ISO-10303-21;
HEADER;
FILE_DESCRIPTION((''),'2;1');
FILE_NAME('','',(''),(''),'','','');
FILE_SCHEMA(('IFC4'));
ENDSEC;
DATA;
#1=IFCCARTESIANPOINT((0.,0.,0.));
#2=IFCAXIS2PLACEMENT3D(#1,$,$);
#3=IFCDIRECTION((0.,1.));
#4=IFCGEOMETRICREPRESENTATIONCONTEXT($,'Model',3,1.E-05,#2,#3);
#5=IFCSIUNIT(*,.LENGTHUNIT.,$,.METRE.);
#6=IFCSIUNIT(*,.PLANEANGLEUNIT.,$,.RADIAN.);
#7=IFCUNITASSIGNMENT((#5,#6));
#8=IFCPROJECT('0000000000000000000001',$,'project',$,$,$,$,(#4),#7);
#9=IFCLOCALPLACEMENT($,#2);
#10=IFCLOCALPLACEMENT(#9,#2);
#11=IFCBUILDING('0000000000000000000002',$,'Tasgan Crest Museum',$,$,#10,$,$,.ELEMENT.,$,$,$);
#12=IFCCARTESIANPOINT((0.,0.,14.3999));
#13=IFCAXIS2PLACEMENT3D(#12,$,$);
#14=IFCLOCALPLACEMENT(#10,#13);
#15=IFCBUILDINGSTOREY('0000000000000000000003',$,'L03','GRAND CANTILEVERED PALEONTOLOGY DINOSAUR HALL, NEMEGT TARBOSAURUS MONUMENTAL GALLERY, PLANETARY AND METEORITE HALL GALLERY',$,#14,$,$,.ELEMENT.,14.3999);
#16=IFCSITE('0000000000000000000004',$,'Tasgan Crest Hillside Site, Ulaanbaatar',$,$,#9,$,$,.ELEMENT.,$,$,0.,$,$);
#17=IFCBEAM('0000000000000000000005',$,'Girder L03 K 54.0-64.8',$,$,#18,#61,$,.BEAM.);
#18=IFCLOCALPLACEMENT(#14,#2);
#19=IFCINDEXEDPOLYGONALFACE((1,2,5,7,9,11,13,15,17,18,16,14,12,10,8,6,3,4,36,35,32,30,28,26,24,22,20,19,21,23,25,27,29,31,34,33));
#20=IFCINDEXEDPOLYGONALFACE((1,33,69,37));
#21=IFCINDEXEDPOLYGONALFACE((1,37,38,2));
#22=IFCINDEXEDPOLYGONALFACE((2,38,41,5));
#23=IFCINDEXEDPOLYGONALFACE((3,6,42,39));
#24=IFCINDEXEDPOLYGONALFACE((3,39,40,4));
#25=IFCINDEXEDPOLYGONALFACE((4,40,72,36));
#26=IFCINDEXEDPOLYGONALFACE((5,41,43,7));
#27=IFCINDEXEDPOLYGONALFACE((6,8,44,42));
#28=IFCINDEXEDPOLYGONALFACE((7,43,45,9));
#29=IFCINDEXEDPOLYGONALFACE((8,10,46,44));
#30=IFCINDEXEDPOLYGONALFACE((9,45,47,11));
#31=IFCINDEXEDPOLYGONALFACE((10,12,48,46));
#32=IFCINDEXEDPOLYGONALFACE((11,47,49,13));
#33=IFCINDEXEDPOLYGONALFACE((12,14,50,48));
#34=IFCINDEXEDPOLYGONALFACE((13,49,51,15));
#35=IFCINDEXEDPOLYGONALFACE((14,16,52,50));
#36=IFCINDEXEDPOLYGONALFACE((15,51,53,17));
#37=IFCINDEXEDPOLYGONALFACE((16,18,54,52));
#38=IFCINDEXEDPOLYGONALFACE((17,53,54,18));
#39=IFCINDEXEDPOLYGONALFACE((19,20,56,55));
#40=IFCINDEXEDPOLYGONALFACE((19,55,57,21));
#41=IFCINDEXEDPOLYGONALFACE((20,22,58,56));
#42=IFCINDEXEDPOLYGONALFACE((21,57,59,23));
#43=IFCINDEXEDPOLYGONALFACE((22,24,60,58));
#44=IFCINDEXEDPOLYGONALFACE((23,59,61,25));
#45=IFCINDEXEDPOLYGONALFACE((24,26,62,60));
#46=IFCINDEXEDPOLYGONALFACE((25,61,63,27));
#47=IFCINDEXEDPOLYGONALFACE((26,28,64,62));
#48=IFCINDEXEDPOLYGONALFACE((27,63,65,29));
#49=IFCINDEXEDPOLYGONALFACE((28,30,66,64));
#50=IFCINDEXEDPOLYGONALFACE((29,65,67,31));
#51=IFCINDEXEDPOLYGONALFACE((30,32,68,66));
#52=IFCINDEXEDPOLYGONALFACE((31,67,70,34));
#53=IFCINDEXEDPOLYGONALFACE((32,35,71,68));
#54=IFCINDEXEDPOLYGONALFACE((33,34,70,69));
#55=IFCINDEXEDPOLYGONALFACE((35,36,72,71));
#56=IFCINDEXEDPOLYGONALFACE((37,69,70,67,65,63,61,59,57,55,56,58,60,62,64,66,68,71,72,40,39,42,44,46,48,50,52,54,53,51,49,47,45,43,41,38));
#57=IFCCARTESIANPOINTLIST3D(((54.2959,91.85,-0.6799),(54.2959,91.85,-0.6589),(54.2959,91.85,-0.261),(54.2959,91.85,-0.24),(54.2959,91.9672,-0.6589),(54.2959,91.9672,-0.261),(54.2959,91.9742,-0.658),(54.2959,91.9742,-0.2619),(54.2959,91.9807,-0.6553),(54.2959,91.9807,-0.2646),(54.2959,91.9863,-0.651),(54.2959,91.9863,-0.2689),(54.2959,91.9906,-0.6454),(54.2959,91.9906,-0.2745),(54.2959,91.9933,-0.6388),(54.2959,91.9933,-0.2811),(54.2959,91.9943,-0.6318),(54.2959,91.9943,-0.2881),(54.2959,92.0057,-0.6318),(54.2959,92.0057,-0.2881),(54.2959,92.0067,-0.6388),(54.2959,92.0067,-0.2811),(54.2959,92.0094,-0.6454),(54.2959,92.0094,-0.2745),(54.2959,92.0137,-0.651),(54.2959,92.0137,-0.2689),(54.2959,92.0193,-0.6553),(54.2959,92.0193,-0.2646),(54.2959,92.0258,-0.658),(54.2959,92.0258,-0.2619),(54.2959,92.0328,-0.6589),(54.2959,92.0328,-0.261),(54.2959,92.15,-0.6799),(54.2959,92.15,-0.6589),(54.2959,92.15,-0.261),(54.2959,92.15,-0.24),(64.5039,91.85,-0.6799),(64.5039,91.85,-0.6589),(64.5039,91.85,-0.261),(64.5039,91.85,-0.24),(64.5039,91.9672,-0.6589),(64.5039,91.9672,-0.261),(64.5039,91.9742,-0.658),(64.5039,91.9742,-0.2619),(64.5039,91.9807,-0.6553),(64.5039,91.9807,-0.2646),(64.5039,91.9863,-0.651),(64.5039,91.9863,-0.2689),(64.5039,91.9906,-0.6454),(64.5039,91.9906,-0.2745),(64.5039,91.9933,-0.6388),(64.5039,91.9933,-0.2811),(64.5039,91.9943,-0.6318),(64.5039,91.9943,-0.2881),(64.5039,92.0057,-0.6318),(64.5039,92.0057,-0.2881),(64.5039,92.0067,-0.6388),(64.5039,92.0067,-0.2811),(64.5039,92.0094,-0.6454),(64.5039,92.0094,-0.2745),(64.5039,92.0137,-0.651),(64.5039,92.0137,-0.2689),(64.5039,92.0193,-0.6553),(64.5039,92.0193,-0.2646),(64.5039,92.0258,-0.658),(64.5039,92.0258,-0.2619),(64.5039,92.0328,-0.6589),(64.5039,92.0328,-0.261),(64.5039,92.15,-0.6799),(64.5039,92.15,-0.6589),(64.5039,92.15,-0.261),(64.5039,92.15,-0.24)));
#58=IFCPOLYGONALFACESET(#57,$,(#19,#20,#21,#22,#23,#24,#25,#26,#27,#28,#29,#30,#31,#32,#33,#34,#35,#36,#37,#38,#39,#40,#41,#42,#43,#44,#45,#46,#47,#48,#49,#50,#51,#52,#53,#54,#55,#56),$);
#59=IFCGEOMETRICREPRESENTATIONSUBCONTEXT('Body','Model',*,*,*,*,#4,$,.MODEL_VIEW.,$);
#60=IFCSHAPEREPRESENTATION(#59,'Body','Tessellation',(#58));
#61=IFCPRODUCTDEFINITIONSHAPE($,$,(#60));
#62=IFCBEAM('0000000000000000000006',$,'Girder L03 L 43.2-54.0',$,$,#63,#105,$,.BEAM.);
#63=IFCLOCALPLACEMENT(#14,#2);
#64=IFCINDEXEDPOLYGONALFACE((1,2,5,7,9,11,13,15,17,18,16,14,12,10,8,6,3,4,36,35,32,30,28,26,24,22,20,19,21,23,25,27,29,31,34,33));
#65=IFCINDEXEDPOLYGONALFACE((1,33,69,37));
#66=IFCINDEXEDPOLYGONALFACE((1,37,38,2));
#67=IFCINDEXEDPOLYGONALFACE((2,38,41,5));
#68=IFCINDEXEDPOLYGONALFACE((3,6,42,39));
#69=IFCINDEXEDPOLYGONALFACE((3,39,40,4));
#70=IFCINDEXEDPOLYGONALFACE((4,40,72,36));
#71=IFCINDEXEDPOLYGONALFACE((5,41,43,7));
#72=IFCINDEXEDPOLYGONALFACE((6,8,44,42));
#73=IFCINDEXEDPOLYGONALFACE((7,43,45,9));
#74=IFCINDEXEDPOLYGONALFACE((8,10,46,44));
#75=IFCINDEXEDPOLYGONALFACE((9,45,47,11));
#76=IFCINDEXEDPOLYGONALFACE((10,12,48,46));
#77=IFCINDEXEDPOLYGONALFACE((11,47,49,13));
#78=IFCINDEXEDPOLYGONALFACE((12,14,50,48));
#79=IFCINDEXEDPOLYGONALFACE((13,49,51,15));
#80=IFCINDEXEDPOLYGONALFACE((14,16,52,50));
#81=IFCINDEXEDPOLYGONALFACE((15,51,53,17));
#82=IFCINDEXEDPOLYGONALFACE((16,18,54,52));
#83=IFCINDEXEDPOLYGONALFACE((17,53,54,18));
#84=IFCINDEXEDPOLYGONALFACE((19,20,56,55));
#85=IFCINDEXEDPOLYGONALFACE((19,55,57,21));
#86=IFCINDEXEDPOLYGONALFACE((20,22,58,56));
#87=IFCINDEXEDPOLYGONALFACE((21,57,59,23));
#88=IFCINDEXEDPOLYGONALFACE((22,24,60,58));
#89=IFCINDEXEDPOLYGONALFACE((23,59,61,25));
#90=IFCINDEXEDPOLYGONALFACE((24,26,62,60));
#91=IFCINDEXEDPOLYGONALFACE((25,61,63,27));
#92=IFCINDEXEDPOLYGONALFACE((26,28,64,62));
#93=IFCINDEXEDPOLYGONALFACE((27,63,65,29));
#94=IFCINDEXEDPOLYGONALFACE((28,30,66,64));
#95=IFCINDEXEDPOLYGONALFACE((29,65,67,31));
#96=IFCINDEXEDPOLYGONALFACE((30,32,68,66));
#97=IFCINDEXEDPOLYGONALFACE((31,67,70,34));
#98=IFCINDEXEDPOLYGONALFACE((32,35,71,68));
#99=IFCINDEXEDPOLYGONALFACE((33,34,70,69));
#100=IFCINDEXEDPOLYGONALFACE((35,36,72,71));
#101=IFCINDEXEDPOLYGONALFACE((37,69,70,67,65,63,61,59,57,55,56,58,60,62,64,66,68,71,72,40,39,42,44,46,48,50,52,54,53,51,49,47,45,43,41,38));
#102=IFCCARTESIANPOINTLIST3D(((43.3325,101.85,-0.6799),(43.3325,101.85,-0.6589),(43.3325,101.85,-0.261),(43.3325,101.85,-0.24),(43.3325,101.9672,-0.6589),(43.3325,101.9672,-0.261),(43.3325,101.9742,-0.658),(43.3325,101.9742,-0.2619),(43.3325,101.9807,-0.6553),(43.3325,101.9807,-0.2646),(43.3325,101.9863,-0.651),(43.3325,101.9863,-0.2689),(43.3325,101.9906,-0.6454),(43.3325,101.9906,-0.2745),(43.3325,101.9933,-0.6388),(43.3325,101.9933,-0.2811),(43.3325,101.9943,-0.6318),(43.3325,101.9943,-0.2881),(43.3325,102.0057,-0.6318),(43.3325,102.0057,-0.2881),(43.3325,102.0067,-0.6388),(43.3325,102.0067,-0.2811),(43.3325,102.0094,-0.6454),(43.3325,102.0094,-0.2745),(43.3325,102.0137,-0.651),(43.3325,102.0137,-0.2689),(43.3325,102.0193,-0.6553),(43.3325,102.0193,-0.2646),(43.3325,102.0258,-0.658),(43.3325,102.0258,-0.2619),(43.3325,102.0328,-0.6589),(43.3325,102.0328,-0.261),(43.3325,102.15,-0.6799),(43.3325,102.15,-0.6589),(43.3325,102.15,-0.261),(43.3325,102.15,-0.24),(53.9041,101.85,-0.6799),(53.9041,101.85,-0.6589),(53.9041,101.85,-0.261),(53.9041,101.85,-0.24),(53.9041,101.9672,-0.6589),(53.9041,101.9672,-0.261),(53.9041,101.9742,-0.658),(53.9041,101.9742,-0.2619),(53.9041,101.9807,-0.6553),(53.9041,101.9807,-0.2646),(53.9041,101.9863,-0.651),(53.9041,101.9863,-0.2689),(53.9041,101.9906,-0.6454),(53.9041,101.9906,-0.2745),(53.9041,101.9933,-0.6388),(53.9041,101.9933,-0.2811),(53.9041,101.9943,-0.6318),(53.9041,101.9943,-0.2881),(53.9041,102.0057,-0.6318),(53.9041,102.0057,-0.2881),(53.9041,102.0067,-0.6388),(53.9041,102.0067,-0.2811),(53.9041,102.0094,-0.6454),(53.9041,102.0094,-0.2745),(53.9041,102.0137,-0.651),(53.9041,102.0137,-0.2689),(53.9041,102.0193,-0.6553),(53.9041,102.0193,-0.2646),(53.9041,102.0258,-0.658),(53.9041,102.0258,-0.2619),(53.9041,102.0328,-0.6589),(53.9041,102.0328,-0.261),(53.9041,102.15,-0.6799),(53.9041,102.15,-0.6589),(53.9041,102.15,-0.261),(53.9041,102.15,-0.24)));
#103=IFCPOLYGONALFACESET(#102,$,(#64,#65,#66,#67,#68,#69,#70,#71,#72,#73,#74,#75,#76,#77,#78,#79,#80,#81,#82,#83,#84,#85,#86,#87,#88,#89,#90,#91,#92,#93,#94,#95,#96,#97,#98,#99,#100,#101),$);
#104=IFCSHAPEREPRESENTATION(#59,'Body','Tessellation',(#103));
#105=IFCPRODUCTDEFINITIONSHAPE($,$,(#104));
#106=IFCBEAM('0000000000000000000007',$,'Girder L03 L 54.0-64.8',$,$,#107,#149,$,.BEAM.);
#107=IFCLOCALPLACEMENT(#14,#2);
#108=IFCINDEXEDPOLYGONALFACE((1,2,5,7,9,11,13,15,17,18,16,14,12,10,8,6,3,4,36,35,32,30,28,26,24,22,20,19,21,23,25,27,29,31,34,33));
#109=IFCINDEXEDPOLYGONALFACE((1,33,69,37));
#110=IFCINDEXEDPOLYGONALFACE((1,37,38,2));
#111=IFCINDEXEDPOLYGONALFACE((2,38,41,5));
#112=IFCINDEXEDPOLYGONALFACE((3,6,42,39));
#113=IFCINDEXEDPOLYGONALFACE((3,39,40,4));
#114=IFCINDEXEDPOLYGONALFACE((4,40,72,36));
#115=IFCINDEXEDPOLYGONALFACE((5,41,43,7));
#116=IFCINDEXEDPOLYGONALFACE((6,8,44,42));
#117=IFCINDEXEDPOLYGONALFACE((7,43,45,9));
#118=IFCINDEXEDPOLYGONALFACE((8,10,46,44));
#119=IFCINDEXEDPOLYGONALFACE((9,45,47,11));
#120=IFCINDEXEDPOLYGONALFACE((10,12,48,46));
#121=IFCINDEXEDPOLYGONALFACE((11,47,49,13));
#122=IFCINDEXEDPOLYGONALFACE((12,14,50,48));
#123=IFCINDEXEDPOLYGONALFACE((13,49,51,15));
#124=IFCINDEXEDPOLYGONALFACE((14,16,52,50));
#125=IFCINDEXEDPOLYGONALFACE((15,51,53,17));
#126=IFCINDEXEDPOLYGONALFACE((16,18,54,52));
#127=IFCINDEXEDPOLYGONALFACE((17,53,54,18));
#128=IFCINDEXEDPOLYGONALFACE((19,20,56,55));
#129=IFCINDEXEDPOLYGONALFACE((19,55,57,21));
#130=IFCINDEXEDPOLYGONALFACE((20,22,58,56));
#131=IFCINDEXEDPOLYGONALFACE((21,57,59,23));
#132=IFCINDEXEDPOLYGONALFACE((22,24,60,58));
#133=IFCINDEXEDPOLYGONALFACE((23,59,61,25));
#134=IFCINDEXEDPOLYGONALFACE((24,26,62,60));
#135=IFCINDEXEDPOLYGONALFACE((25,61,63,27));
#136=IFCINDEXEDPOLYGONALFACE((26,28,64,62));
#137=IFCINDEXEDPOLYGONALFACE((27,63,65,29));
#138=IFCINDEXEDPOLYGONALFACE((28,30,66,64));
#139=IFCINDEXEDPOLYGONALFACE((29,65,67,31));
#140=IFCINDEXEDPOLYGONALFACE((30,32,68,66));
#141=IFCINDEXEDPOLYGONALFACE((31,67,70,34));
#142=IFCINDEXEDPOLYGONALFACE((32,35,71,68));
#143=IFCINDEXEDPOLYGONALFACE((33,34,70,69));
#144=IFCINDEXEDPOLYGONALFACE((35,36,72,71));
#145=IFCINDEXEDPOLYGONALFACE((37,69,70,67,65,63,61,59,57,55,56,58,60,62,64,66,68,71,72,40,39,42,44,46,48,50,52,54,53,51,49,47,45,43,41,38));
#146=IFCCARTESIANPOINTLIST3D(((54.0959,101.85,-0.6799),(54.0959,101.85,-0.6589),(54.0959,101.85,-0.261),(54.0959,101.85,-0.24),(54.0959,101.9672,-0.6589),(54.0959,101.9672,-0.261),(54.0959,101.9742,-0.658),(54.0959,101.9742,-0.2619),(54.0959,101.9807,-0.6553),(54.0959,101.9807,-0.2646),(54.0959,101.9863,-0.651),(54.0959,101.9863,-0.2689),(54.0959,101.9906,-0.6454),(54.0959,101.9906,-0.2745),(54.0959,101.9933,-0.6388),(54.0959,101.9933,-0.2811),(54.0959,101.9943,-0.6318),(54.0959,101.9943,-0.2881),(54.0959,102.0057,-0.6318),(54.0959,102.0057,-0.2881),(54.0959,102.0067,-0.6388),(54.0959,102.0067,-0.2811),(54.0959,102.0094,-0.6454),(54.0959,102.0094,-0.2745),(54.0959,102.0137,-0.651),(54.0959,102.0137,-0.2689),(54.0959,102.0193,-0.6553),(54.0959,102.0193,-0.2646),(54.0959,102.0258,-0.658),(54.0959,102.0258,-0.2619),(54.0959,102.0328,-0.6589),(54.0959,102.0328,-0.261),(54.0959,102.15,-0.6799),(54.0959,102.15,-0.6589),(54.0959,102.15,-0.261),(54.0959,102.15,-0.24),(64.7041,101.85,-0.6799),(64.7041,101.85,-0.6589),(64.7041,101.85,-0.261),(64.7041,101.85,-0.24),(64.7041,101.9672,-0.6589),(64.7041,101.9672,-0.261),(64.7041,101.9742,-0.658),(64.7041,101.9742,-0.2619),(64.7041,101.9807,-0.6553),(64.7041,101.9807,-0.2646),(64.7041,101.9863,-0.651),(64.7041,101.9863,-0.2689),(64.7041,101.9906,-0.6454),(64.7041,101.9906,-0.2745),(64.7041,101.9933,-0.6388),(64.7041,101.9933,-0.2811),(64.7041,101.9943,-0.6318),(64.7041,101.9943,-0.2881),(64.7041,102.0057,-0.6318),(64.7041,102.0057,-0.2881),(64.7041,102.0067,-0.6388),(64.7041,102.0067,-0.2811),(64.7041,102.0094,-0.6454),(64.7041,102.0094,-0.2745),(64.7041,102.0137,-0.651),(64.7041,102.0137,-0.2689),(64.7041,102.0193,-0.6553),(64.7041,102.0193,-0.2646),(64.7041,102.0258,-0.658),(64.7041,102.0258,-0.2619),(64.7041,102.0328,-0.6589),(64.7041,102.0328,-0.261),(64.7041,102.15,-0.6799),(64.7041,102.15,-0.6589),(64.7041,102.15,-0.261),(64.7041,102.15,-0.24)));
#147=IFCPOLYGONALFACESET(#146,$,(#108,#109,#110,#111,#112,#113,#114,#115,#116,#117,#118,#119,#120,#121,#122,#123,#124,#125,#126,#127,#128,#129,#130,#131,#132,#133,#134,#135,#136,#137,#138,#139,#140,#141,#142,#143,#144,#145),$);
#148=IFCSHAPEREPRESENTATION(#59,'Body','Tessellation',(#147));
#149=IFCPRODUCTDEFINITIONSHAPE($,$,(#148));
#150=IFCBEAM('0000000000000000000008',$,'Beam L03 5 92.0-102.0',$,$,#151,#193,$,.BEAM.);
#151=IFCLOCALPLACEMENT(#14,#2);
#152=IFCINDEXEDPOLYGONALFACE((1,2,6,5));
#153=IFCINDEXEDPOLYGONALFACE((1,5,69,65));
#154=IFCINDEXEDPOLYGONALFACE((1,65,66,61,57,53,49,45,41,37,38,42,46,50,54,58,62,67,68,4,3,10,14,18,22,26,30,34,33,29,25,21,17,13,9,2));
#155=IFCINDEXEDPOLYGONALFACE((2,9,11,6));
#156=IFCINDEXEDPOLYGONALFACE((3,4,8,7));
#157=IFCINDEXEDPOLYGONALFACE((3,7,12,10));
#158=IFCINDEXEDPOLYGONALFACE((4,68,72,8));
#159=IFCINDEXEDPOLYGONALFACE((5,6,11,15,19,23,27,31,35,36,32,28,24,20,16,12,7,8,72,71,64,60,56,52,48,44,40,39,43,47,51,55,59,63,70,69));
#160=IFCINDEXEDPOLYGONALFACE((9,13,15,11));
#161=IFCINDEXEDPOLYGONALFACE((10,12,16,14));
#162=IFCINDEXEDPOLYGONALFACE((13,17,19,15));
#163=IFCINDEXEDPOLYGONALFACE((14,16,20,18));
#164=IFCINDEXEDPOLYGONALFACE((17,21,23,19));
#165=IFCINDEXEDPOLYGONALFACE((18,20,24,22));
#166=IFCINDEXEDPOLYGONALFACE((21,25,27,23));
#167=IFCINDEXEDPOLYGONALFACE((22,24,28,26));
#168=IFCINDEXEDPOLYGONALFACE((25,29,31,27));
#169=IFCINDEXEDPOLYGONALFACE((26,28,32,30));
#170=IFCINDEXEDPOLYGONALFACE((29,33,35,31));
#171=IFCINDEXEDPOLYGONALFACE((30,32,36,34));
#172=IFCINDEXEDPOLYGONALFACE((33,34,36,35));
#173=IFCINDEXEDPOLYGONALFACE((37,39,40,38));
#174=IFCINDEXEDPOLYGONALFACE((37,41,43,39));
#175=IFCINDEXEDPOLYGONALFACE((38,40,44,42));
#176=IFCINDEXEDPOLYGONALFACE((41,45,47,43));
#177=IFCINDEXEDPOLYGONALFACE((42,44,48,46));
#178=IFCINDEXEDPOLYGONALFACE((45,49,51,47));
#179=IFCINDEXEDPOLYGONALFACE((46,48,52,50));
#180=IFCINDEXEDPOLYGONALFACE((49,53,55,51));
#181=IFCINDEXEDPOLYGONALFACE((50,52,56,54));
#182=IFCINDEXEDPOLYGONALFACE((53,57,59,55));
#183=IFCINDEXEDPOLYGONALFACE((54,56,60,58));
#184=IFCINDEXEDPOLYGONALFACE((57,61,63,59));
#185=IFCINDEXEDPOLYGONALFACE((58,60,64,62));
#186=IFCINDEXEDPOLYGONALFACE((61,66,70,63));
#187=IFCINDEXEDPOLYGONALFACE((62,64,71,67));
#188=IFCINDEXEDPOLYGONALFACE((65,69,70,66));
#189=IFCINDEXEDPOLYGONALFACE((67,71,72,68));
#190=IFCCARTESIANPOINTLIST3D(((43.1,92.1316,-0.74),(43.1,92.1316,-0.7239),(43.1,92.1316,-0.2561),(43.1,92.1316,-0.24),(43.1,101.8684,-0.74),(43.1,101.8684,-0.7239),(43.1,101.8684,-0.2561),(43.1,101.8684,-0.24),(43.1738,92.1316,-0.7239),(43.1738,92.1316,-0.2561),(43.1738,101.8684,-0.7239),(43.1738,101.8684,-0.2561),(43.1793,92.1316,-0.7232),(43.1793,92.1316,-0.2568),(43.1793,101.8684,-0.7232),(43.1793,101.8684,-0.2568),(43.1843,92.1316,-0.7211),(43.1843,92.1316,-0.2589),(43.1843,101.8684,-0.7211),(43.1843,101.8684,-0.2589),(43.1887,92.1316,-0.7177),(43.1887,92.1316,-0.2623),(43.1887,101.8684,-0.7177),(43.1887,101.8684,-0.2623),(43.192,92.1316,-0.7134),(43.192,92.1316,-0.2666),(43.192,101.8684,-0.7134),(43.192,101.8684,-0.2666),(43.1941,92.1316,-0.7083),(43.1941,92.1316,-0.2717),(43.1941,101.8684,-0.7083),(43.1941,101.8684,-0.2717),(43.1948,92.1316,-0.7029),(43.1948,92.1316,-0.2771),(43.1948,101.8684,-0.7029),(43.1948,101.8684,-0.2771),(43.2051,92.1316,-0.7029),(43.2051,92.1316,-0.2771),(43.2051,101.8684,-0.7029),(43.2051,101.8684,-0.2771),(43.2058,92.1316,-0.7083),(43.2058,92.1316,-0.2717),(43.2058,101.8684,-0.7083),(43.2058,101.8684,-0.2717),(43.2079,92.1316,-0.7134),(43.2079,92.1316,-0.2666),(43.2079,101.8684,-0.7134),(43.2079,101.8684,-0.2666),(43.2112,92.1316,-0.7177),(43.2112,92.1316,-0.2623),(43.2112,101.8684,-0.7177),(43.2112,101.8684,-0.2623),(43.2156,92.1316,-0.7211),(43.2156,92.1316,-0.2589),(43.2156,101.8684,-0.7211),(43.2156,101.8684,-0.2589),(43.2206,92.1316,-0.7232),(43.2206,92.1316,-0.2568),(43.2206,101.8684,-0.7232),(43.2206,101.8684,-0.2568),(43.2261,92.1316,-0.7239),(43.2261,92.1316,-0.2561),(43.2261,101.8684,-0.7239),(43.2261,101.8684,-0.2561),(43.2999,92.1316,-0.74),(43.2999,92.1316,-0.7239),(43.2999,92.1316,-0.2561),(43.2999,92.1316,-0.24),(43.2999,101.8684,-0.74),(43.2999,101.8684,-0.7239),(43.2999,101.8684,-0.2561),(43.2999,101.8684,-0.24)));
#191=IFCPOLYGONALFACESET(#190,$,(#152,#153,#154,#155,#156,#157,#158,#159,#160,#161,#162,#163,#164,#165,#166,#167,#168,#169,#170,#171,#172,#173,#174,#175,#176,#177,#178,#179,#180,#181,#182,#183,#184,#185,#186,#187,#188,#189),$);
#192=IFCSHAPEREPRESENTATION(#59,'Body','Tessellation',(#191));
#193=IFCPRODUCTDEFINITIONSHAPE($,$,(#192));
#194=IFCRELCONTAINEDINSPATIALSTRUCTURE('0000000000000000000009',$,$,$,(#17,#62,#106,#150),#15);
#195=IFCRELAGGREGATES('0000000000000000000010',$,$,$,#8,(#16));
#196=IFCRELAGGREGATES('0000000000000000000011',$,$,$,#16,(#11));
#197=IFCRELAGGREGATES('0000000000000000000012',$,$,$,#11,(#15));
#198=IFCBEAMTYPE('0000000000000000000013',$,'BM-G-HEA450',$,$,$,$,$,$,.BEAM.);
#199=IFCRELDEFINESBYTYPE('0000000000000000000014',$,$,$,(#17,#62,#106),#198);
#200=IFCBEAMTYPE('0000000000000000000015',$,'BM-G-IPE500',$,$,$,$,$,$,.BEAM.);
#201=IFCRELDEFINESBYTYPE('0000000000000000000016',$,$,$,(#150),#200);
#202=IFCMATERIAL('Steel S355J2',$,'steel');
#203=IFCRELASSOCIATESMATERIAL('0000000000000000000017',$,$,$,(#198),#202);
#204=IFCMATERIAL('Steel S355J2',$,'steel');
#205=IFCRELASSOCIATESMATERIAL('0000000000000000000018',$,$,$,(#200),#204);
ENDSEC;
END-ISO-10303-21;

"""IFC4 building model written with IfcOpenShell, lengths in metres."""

from ifc_helpers import new_model, si_unit, direction, frame, origin, origin_2d, place, context, subcontext, project, spatial, i_section, extrude, material, material_profile, profile_set, type_object, element, save


model = new_model("IFC4")

# Units and contexts
model_context = context("Model", 3, precision=1e-05, world=origin(), true_north=direction((0.0, 1.0)))
body_context = subcontext(model_context, "Body", "Model", "MODEL_VIEW")
ifc_project = project(units=[si_unit("LENGTHUNIT", "METRE"), si_unit("PLANEANGLEUNIT", "RADIAN")], contexts=[model_context])

# Site, building, storey
site_placement = place(None, origin())
site = spatial("IfcSite", under=ifc_project, at=site_placement, Name="Tasgan Crest Hillside Site, Ulaanbaatar", CompositionType="ELEMENT", RefElevation=0.0)
building_placement = place(site_placement, origin())
building = spatial("IfcBuilding", under=site, at=building_placement, Name="Tasgan Crest Museum", CompositionType="ELEMENT")
storey_placement = place(building_placement, frame((0.0, 0.0, 14.3999)))
storey = spatial("IfcBuildingStorey", under=building, at=storey_placement, Name="L03", Description="GRAND CANTILEVERED PALEONTOLOGY DINOSAUR HALL, NEMEGT TARBOSAURUS MONUMENTAL GALLERY, PLANETARY AND METEORITE HALL GALLERY", CompositionType="ELEMENT", Elevation=14.3999)

# Beams
ifc_material_1 = material(Name="Steel S355J2", Category="steel")
ifc_material_profile_1 = material_profile(ifc_material_1, i_section(OverallWidth=0.3, OverallDepth=0.4399, WebThickness=0.0115, FlangeThickness=0.021, FilletRadius=0.0271, at=origin_2d()), Name="HEA 450")
ifc_profile_set_1 = profile_set([ifc_material_profile_1], Name="Steel S355J2")
beam_type_1 = type_object("IfcBeamType", Name="BM-G-HEA450", PredefinedType="BEAM", material=ifc_profile_set_1)
beam_1_placement = place(storey_placement, frame((54.2959, 92.0, -0.46), z_axis=(1.0, 0.0, 0.0), x_axis=(0.0, 1.0, 0.0)))
element("IfcBeam", 1, at=beam_1_placement, inside=storey, type_object=beam_type_1, Name="Girder L03 K 54.0-64.8", PredefinedType="BEAM", context=body_context, shape_type="SweptSolid", body=[
    extrude(i_section(OverallWidth=0.3, OverallDepth=0.4399, WebThickness=0.0115, FlangeThickness=0.021, FilletRadius=0.0271, at=origin_2d()), origin(), (0.0, 0.0, 1.0), 10.208),
])
beam_2_placement = place(storey_placement, frame((43.3325, 102.0, -0.46), z_axis=(1.0, 0.0, 0.0), x_axis=(0.0, 1.0, 0.0)))
element("IfcBeam", 2, at=beam_2_placement, inside=storey, type_object=beam_type_1, Name="Girder L03 L 43.2-54.0", PredefinedType="BEAM", context=body_context, shape_type="SweptSolid", body=[
    extrude(i_section(OverallWidth=0.3, OverallDepth=0.4399, WebThickness=0.0115, FlangeThickness=0.021, FilletRadius=0.0271, at=origin_2d()), origin(), (0.0, 0.0, 1.0), 10.5715),
])
beam_3_placement = place(storey_placement, frame((54.0959, 102.0, -0.46), z_axis=(1.0, 0.0, 0.0), x_axis=(0.0, 1.0, 0.0)))
element("IfcBeam", 3, at=beam_3_placement, inside=storey, type_object=beam_type_1, Name="Girder L03 L 54.0-64.8", PredefinedType="BEAM", context=body_context, shape_type="SweptSolid", body=[
    extrude(i_section(OverallWidth=0.3, OverallDepth=0.4399, WebThickness=0.0115, FlangeThickness=0.021, FilletRadius=0.0271, at=origin_2d()), origin(), (0.0, 0.0, 1.0), 10.6082),
])
ifc_material_2 = material(Name="Steel S355J2", Category="steel")
ifc_material_profile_2 = material_profile(ifc_material_2, i_section(OverallWidth=0.2, OverallDepth=0.5, WebThickness=0.0103, FlangeThickness=0.0161, FilletRadius=0.021, at=origin_2d()), Name="IPE 500")
ifc_profile_set_2 = profile_set([ifc_material_profile_2], Name="Steel S355J2")
beam_type_2 = type_object("IfcBeamType", Name="BM-G-IPE500", PredefinedType="BEAM", material=ifc_profile_set_2)
for number, where, z_axis, x_axis, name in (
    (4, (43.2, 92.1316, -0.49), (0.0, 1.0, 0.0), (-1.0, 0.0, 0.0), "Beam L03 5 92.0-102.0"),
):
    element("IfcBeam", number, at=place(storey_placement, frame(where, z_axis=z_axis, x_axis=x_axis)), inside=storey, type_object=beam_type_2, Name=name, PredefinedType="BEAM", context=body_context, shape_type="SweptSolid", body=[
        extrude(i_section(OverallWidth=0.2, OverallDepth=0.5, WebThickness=0.0103, FlangeThickness=0.0161, FilletRadius=0.021, at=origin_2d()), origin(), (0.0, 0.0, 1.0), 9.7368),
    ])

save(model, "model.ifc")
